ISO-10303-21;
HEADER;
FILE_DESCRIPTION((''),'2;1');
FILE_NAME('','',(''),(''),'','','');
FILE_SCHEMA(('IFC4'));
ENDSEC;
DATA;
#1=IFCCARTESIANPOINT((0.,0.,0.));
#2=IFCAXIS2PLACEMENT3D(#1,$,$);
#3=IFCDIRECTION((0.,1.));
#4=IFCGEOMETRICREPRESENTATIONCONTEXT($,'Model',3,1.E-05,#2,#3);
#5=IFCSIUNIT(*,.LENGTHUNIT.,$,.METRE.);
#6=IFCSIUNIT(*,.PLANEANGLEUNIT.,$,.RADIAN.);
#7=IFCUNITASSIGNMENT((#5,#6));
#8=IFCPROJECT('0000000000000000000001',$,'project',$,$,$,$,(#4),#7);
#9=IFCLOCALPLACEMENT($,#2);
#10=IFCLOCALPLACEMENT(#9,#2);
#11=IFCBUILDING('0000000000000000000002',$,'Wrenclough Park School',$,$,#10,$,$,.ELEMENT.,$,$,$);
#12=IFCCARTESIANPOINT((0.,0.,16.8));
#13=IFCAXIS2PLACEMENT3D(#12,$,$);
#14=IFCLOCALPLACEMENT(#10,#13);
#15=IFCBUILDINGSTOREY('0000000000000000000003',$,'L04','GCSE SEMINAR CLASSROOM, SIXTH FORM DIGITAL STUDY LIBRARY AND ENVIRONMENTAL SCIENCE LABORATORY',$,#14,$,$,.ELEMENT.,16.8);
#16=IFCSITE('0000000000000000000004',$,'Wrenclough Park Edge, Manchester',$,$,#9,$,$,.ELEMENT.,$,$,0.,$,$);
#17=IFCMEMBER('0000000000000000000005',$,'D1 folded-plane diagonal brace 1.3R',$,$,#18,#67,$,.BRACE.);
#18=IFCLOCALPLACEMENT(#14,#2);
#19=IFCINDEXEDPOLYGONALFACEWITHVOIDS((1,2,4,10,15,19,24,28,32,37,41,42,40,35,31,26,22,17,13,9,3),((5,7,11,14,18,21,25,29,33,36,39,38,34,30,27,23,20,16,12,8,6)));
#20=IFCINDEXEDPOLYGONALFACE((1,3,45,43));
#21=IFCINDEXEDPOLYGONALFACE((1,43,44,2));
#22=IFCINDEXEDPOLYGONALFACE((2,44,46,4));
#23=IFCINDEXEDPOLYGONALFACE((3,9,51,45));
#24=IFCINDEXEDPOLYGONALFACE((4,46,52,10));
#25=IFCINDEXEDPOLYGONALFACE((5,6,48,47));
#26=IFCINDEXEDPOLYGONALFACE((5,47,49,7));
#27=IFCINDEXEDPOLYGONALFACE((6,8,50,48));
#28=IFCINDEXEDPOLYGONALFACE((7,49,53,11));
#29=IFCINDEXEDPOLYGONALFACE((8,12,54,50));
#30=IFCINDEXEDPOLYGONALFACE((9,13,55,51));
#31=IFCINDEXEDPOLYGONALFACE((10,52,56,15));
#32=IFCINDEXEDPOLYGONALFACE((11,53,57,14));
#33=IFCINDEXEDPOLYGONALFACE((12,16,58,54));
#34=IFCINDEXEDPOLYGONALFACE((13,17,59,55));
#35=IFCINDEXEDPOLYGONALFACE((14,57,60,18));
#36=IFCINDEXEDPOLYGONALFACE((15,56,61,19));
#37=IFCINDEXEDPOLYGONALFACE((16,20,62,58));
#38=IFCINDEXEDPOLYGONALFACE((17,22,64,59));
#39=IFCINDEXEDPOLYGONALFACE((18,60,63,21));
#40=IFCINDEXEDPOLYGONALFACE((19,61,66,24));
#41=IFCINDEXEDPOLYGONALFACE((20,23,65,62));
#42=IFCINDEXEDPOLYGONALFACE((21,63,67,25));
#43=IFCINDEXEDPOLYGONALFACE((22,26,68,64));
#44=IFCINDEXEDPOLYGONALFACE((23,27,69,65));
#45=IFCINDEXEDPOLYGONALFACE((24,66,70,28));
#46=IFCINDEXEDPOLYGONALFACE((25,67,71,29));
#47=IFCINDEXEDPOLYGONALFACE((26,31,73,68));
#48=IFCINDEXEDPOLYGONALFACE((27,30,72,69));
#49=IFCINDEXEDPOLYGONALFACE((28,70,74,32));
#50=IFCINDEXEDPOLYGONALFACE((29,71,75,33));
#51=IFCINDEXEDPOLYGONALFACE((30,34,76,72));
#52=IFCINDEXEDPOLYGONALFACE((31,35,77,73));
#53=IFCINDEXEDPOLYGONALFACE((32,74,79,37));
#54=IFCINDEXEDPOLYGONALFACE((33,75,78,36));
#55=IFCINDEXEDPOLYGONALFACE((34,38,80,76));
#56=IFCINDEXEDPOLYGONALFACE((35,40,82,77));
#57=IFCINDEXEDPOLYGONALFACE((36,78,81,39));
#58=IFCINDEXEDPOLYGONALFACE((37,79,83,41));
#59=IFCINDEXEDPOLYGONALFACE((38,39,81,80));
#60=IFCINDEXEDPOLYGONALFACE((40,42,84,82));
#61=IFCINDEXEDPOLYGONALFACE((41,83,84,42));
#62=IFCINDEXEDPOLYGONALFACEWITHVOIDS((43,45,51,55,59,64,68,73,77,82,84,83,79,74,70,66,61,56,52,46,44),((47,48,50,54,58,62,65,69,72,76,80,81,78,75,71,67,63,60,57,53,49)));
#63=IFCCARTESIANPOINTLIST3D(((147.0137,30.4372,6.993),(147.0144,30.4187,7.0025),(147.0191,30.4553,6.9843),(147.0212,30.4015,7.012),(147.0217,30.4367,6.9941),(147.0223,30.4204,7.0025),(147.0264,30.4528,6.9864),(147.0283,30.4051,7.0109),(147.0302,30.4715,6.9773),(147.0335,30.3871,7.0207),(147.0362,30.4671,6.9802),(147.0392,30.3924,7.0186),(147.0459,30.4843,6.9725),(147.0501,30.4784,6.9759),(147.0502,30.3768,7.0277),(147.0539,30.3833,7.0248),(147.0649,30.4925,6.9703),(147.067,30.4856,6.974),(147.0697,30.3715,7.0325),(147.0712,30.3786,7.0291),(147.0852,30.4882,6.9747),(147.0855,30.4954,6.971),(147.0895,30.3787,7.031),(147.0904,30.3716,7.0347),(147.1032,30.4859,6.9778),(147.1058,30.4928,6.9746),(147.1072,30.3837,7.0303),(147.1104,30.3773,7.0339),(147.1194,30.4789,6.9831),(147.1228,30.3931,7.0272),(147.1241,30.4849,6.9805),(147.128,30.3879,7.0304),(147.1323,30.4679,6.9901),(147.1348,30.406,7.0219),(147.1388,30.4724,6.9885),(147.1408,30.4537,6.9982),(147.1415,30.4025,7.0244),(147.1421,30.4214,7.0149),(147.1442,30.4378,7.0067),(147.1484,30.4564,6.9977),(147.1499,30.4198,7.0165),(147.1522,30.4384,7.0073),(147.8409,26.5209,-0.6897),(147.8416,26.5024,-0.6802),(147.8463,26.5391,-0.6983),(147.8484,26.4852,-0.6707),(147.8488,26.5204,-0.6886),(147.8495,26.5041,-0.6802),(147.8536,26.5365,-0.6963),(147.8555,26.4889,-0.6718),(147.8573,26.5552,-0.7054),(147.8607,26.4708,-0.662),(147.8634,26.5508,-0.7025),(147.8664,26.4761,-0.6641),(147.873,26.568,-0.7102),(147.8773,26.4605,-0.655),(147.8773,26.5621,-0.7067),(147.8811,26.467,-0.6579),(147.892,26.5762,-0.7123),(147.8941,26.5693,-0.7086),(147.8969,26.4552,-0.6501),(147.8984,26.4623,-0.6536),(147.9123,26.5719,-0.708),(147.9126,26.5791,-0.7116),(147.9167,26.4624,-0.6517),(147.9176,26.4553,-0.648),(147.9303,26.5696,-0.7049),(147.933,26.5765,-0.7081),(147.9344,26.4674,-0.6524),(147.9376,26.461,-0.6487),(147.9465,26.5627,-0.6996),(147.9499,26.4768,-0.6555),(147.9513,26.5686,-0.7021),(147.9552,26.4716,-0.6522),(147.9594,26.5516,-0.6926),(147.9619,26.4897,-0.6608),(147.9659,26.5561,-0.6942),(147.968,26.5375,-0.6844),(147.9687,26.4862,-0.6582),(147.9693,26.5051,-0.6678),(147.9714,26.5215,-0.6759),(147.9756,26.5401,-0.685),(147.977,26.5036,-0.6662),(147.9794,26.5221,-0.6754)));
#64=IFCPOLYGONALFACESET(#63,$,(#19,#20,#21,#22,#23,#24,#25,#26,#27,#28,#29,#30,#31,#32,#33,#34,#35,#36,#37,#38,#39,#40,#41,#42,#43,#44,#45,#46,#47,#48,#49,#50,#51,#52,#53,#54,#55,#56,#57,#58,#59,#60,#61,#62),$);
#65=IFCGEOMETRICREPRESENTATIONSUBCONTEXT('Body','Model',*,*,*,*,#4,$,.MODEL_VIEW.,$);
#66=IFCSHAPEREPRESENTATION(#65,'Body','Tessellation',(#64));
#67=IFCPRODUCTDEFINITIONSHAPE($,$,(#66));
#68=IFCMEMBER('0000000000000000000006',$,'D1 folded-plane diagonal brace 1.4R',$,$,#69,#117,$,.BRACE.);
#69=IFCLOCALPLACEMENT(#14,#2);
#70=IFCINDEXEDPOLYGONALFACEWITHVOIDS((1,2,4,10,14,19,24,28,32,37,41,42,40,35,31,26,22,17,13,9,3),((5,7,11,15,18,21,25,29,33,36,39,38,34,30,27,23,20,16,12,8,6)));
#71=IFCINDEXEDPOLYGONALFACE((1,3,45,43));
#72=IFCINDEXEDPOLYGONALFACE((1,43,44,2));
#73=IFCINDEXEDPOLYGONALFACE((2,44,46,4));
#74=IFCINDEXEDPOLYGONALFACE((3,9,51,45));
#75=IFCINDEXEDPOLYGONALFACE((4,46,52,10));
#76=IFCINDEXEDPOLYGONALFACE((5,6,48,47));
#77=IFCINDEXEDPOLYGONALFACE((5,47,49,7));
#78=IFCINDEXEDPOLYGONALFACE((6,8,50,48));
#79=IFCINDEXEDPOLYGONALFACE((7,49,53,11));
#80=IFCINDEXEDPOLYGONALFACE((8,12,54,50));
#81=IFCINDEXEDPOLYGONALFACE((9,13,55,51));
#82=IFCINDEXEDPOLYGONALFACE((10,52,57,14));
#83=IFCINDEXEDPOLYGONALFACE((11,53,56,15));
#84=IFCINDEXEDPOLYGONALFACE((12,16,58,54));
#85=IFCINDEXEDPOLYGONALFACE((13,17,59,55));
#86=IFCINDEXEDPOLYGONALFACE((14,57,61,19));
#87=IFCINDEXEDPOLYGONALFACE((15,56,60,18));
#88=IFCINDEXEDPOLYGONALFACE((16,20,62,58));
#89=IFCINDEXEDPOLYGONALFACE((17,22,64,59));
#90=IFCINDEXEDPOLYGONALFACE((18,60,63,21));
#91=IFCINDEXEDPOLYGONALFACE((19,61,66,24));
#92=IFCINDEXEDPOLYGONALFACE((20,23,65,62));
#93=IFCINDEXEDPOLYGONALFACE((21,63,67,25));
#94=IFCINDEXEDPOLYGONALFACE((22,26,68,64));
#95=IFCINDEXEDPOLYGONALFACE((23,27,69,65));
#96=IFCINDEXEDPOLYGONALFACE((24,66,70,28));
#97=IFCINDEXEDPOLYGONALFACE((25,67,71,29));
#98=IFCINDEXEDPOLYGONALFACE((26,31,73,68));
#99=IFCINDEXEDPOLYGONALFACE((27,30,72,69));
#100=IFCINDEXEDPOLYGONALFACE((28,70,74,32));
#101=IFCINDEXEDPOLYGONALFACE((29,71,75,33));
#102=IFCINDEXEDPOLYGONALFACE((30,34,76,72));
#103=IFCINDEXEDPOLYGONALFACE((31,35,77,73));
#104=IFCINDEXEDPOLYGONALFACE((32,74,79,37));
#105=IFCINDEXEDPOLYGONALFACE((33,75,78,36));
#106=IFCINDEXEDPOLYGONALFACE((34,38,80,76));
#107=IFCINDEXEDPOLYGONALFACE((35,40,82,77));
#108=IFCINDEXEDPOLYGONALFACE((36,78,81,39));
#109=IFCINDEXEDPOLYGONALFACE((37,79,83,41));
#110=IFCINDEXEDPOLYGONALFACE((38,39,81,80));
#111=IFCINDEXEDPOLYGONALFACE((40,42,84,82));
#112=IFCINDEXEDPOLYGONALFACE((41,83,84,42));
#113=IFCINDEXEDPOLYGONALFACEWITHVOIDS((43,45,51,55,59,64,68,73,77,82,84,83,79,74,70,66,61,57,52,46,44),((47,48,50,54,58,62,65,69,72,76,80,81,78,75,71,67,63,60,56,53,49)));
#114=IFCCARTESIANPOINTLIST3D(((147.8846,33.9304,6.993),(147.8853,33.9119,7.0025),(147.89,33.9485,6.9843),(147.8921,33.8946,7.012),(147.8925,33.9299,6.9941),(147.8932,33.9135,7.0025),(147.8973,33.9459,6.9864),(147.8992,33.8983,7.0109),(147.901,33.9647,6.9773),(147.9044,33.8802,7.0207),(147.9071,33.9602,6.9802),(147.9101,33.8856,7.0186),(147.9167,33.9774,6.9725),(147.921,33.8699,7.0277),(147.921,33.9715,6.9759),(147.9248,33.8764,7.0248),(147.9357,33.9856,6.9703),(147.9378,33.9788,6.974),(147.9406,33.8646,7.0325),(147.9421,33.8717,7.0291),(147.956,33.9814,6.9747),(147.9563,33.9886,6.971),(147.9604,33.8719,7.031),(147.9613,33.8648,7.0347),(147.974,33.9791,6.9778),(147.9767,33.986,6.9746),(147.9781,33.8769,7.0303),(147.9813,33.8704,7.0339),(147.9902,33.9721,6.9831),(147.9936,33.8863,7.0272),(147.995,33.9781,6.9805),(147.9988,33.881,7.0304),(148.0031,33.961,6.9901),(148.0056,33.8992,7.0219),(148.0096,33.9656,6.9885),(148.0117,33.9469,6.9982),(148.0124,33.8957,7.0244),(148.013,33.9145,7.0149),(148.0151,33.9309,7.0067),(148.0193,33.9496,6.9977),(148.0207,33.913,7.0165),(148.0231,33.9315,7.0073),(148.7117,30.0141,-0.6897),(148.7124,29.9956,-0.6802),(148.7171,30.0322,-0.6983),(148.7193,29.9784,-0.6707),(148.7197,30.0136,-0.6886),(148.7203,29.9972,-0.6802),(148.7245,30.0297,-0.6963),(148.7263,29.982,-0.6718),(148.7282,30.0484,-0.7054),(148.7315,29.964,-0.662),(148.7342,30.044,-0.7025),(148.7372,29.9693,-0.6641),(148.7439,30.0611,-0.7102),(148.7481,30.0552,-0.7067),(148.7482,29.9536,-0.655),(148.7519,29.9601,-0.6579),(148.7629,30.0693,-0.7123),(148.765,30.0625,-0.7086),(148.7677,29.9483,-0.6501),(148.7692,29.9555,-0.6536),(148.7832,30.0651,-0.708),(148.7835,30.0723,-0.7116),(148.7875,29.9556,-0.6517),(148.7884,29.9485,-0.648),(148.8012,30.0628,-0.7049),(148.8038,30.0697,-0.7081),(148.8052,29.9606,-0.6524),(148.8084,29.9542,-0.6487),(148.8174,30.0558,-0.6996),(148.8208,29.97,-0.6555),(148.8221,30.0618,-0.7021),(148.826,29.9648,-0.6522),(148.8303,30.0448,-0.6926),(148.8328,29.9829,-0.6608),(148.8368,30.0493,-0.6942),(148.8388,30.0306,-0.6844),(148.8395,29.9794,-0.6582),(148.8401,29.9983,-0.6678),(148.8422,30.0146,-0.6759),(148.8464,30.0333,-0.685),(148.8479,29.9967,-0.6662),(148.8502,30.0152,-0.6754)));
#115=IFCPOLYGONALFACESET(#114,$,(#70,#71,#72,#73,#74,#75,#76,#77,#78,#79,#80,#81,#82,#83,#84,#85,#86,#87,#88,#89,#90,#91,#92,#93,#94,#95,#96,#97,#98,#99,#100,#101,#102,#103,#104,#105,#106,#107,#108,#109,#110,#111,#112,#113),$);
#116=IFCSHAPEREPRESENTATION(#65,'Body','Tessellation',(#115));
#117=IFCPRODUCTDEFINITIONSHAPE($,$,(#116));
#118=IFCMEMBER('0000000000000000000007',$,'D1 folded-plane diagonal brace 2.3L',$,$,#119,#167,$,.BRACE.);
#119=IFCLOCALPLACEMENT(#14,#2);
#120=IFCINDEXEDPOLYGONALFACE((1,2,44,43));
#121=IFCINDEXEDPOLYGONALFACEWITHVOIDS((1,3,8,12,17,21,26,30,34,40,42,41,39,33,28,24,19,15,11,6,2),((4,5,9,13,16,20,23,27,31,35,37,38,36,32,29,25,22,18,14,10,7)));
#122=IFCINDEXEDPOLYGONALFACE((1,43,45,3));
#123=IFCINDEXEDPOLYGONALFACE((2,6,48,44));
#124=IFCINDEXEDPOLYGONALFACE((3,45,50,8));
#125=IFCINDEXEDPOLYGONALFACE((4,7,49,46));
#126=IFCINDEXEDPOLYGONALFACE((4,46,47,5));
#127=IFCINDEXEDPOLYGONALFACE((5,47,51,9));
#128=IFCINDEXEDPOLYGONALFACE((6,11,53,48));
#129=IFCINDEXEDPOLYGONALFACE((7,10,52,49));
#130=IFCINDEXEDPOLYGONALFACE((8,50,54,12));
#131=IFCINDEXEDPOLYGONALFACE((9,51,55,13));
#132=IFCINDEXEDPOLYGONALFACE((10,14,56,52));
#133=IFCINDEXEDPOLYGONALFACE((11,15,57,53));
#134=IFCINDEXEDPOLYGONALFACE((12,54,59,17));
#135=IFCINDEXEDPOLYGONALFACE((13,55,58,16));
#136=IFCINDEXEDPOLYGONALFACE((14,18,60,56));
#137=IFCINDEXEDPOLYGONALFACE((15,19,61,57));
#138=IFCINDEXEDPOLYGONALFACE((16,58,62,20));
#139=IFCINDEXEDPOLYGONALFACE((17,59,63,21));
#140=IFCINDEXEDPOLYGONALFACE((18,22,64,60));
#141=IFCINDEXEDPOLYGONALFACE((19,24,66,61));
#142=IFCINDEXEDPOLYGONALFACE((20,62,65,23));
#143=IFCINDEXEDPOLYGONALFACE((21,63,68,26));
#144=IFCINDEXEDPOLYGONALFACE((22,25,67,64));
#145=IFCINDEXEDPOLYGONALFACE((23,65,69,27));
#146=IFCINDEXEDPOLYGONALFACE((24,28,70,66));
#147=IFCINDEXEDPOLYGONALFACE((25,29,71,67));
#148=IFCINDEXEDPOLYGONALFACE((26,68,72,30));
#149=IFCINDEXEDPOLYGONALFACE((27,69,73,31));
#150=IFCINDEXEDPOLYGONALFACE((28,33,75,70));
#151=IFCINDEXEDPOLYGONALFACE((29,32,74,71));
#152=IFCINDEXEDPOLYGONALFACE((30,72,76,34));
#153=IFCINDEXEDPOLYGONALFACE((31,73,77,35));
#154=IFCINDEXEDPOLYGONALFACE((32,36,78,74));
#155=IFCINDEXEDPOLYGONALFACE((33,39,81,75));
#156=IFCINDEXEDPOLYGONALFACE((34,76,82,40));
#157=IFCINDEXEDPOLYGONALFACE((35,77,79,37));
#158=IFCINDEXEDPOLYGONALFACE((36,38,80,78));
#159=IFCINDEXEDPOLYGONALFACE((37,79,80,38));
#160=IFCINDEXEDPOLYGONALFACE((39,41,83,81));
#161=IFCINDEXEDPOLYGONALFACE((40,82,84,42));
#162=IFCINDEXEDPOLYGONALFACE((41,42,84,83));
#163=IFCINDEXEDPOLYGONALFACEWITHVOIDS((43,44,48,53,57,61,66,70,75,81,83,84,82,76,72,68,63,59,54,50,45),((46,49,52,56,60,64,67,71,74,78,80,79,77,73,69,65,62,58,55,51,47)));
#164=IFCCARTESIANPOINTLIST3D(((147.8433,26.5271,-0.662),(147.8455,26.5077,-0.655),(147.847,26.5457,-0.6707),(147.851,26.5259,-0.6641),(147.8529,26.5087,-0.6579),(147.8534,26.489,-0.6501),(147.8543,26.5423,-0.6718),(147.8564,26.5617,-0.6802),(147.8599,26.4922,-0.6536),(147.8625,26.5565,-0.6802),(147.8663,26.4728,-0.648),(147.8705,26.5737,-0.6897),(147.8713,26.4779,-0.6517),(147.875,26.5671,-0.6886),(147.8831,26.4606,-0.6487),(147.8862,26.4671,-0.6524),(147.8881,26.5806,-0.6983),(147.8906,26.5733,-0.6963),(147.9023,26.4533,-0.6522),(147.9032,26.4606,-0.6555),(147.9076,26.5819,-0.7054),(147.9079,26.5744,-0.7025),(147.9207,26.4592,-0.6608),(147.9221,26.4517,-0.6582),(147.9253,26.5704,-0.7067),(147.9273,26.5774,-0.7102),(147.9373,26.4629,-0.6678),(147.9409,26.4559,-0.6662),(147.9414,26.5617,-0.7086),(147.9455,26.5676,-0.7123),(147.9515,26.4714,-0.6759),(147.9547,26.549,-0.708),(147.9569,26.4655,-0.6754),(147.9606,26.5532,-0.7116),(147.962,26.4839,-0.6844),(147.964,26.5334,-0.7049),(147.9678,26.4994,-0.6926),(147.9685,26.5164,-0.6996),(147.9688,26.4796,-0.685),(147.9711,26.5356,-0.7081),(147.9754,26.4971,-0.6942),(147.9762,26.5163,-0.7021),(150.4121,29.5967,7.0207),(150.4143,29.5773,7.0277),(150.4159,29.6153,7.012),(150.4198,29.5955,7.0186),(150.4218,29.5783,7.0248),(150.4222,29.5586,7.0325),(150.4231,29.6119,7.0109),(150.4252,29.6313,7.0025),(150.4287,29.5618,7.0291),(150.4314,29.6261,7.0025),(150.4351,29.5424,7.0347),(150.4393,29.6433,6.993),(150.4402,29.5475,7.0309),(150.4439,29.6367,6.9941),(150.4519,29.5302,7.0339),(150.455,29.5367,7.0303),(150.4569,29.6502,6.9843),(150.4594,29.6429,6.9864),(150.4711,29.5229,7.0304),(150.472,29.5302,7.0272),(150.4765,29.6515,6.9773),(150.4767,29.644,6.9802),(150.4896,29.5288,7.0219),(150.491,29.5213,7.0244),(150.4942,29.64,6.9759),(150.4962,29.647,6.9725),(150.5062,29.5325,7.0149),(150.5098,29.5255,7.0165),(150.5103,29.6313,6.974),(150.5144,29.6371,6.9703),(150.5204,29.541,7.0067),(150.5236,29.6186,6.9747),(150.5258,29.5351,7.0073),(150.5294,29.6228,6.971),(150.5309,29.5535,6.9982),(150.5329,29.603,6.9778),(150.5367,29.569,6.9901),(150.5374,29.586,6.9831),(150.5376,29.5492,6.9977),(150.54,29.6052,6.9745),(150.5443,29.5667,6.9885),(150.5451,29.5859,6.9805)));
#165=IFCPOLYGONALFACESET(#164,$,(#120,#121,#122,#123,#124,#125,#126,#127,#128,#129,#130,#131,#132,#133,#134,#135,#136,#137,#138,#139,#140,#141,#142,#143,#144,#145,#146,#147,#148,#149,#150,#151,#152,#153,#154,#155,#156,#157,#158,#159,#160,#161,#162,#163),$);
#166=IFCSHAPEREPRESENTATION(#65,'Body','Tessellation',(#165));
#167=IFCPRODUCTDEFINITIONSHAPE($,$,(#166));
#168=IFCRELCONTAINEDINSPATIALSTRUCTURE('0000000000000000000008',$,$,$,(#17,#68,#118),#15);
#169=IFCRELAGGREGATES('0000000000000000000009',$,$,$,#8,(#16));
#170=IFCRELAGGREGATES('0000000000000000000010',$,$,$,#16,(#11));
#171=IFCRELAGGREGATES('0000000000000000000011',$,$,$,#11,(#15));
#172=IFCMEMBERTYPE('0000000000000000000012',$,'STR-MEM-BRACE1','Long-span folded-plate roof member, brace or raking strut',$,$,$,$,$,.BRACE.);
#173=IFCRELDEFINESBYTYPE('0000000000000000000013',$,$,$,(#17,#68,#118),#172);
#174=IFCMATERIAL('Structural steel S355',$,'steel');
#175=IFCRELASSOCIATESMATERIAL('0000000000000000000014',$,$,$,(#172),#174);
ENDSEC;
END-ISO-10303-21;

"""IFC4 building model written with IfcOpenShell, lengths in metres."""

from ifc_helpers import new_model, si_unit, direction, frame, origin, origin_2d, place, context, subcontext, project, spatial, hollow_circle, extrude, material, material_profile, profile_set, type_object, element, save


model = new_model("IFC4")

# Units and contexts
model_context = context("Model", 3, precision=1e-05, world=origin(), true_north=direction((0.0, 1.0)))
body_context = subcontext(model_context, "Body", "Model", "MODEL_VIEW")
ifc_project = project(units=[si_unit("LENGTHUNIT", "METRE"), si_unit("PLANEANGLEUNIT", "RADIAN")], contexts=[model_context])

# Site, building, storey
site_placement = place(None, origin())
site = spatial("IfcSite", under=ifc_project, at=site_placement, Name="Wrenclough Park Edge, Manchester", CompositionType="ELEMENT", RefElevation=0.0)
building_placement = place(site_placement, origin())
building = spatial("IfcBuilding", under=site, at=building_placement, Name="Wrenclough Park School", CompositionType="ELEMENT")
storey_placement = place(building_placement, frame((0.0, 0.0, 16.8)))
storey = spatial("IfcBuildingStorey", under=building, at=storey_placement, Name="L04", Description="GCSE SEMINAR CLASSROOM, SIXTH FORM DIGITAL STUDY LIBRARY AND ENVIRONMENTAL SCIENCE LABORATORY", CompositionType="ELEMENT", Elevation=16.8)

# Members
ifc_material = material(Name="Structural steel S355", Category="steel")
ifc_material_profile_1 = material_profile(ifc_material, hollow_circle(Radius=0.0698, WallThickness=0.0081, at=origin_2d()), Name="CHS 139.7x8.0")
ifc_profile_set_1 = profile_set([ifc_material_profile_1], Name="Structural steel S355")
member_type_1 = type_object("IfcMemberType", Name="STR-MEM-BRACE1", Description="Long-span folded-plate roof member, brace or raking strut", PredefinedType="BRACE", material=ifc_profile_set_1)
for number, where, z_axis, x_axis, name in (
    (1, (147.9099, 26.5168, -0.6802), (-0.095483, 0.452079, 0.886853), (-0.978415, -0.20665, 0.0), "D1 folded-plane diagonal brace 1.3R"),
    (2, (148.7808, 30.01, -0.6802), (-0.095483, 0.452079, 0.886853), (-0.978415, -0.20665, 0.0), "D1 folded-plane diagonal brace 1.4R"),
    (3, (147.9099, 26.5168, -0.6802), (0.296538, 0.354341, 0.886853), (-0.766885, 0.641785, 0.0), "D1 folded-plane diagonal brace 2.3L"),
):
    element("IfcMember", number, at=place(storey_placement, frame(where, z_axis=z_axis, x_axis=x_axis)), inside=storey, type_object=member_type_1, Name=name, PredefinedType="BRACE", context=body_context, shape_type="SweptSolid", body=[
        extrude(hollow_circle(Radius=0.0698, WallThickness=0.0081, at=origin_2d()), origin(), (0.0, 0.0, 1.0), 8.6628),
    ])

save(model, "model.ifc")
